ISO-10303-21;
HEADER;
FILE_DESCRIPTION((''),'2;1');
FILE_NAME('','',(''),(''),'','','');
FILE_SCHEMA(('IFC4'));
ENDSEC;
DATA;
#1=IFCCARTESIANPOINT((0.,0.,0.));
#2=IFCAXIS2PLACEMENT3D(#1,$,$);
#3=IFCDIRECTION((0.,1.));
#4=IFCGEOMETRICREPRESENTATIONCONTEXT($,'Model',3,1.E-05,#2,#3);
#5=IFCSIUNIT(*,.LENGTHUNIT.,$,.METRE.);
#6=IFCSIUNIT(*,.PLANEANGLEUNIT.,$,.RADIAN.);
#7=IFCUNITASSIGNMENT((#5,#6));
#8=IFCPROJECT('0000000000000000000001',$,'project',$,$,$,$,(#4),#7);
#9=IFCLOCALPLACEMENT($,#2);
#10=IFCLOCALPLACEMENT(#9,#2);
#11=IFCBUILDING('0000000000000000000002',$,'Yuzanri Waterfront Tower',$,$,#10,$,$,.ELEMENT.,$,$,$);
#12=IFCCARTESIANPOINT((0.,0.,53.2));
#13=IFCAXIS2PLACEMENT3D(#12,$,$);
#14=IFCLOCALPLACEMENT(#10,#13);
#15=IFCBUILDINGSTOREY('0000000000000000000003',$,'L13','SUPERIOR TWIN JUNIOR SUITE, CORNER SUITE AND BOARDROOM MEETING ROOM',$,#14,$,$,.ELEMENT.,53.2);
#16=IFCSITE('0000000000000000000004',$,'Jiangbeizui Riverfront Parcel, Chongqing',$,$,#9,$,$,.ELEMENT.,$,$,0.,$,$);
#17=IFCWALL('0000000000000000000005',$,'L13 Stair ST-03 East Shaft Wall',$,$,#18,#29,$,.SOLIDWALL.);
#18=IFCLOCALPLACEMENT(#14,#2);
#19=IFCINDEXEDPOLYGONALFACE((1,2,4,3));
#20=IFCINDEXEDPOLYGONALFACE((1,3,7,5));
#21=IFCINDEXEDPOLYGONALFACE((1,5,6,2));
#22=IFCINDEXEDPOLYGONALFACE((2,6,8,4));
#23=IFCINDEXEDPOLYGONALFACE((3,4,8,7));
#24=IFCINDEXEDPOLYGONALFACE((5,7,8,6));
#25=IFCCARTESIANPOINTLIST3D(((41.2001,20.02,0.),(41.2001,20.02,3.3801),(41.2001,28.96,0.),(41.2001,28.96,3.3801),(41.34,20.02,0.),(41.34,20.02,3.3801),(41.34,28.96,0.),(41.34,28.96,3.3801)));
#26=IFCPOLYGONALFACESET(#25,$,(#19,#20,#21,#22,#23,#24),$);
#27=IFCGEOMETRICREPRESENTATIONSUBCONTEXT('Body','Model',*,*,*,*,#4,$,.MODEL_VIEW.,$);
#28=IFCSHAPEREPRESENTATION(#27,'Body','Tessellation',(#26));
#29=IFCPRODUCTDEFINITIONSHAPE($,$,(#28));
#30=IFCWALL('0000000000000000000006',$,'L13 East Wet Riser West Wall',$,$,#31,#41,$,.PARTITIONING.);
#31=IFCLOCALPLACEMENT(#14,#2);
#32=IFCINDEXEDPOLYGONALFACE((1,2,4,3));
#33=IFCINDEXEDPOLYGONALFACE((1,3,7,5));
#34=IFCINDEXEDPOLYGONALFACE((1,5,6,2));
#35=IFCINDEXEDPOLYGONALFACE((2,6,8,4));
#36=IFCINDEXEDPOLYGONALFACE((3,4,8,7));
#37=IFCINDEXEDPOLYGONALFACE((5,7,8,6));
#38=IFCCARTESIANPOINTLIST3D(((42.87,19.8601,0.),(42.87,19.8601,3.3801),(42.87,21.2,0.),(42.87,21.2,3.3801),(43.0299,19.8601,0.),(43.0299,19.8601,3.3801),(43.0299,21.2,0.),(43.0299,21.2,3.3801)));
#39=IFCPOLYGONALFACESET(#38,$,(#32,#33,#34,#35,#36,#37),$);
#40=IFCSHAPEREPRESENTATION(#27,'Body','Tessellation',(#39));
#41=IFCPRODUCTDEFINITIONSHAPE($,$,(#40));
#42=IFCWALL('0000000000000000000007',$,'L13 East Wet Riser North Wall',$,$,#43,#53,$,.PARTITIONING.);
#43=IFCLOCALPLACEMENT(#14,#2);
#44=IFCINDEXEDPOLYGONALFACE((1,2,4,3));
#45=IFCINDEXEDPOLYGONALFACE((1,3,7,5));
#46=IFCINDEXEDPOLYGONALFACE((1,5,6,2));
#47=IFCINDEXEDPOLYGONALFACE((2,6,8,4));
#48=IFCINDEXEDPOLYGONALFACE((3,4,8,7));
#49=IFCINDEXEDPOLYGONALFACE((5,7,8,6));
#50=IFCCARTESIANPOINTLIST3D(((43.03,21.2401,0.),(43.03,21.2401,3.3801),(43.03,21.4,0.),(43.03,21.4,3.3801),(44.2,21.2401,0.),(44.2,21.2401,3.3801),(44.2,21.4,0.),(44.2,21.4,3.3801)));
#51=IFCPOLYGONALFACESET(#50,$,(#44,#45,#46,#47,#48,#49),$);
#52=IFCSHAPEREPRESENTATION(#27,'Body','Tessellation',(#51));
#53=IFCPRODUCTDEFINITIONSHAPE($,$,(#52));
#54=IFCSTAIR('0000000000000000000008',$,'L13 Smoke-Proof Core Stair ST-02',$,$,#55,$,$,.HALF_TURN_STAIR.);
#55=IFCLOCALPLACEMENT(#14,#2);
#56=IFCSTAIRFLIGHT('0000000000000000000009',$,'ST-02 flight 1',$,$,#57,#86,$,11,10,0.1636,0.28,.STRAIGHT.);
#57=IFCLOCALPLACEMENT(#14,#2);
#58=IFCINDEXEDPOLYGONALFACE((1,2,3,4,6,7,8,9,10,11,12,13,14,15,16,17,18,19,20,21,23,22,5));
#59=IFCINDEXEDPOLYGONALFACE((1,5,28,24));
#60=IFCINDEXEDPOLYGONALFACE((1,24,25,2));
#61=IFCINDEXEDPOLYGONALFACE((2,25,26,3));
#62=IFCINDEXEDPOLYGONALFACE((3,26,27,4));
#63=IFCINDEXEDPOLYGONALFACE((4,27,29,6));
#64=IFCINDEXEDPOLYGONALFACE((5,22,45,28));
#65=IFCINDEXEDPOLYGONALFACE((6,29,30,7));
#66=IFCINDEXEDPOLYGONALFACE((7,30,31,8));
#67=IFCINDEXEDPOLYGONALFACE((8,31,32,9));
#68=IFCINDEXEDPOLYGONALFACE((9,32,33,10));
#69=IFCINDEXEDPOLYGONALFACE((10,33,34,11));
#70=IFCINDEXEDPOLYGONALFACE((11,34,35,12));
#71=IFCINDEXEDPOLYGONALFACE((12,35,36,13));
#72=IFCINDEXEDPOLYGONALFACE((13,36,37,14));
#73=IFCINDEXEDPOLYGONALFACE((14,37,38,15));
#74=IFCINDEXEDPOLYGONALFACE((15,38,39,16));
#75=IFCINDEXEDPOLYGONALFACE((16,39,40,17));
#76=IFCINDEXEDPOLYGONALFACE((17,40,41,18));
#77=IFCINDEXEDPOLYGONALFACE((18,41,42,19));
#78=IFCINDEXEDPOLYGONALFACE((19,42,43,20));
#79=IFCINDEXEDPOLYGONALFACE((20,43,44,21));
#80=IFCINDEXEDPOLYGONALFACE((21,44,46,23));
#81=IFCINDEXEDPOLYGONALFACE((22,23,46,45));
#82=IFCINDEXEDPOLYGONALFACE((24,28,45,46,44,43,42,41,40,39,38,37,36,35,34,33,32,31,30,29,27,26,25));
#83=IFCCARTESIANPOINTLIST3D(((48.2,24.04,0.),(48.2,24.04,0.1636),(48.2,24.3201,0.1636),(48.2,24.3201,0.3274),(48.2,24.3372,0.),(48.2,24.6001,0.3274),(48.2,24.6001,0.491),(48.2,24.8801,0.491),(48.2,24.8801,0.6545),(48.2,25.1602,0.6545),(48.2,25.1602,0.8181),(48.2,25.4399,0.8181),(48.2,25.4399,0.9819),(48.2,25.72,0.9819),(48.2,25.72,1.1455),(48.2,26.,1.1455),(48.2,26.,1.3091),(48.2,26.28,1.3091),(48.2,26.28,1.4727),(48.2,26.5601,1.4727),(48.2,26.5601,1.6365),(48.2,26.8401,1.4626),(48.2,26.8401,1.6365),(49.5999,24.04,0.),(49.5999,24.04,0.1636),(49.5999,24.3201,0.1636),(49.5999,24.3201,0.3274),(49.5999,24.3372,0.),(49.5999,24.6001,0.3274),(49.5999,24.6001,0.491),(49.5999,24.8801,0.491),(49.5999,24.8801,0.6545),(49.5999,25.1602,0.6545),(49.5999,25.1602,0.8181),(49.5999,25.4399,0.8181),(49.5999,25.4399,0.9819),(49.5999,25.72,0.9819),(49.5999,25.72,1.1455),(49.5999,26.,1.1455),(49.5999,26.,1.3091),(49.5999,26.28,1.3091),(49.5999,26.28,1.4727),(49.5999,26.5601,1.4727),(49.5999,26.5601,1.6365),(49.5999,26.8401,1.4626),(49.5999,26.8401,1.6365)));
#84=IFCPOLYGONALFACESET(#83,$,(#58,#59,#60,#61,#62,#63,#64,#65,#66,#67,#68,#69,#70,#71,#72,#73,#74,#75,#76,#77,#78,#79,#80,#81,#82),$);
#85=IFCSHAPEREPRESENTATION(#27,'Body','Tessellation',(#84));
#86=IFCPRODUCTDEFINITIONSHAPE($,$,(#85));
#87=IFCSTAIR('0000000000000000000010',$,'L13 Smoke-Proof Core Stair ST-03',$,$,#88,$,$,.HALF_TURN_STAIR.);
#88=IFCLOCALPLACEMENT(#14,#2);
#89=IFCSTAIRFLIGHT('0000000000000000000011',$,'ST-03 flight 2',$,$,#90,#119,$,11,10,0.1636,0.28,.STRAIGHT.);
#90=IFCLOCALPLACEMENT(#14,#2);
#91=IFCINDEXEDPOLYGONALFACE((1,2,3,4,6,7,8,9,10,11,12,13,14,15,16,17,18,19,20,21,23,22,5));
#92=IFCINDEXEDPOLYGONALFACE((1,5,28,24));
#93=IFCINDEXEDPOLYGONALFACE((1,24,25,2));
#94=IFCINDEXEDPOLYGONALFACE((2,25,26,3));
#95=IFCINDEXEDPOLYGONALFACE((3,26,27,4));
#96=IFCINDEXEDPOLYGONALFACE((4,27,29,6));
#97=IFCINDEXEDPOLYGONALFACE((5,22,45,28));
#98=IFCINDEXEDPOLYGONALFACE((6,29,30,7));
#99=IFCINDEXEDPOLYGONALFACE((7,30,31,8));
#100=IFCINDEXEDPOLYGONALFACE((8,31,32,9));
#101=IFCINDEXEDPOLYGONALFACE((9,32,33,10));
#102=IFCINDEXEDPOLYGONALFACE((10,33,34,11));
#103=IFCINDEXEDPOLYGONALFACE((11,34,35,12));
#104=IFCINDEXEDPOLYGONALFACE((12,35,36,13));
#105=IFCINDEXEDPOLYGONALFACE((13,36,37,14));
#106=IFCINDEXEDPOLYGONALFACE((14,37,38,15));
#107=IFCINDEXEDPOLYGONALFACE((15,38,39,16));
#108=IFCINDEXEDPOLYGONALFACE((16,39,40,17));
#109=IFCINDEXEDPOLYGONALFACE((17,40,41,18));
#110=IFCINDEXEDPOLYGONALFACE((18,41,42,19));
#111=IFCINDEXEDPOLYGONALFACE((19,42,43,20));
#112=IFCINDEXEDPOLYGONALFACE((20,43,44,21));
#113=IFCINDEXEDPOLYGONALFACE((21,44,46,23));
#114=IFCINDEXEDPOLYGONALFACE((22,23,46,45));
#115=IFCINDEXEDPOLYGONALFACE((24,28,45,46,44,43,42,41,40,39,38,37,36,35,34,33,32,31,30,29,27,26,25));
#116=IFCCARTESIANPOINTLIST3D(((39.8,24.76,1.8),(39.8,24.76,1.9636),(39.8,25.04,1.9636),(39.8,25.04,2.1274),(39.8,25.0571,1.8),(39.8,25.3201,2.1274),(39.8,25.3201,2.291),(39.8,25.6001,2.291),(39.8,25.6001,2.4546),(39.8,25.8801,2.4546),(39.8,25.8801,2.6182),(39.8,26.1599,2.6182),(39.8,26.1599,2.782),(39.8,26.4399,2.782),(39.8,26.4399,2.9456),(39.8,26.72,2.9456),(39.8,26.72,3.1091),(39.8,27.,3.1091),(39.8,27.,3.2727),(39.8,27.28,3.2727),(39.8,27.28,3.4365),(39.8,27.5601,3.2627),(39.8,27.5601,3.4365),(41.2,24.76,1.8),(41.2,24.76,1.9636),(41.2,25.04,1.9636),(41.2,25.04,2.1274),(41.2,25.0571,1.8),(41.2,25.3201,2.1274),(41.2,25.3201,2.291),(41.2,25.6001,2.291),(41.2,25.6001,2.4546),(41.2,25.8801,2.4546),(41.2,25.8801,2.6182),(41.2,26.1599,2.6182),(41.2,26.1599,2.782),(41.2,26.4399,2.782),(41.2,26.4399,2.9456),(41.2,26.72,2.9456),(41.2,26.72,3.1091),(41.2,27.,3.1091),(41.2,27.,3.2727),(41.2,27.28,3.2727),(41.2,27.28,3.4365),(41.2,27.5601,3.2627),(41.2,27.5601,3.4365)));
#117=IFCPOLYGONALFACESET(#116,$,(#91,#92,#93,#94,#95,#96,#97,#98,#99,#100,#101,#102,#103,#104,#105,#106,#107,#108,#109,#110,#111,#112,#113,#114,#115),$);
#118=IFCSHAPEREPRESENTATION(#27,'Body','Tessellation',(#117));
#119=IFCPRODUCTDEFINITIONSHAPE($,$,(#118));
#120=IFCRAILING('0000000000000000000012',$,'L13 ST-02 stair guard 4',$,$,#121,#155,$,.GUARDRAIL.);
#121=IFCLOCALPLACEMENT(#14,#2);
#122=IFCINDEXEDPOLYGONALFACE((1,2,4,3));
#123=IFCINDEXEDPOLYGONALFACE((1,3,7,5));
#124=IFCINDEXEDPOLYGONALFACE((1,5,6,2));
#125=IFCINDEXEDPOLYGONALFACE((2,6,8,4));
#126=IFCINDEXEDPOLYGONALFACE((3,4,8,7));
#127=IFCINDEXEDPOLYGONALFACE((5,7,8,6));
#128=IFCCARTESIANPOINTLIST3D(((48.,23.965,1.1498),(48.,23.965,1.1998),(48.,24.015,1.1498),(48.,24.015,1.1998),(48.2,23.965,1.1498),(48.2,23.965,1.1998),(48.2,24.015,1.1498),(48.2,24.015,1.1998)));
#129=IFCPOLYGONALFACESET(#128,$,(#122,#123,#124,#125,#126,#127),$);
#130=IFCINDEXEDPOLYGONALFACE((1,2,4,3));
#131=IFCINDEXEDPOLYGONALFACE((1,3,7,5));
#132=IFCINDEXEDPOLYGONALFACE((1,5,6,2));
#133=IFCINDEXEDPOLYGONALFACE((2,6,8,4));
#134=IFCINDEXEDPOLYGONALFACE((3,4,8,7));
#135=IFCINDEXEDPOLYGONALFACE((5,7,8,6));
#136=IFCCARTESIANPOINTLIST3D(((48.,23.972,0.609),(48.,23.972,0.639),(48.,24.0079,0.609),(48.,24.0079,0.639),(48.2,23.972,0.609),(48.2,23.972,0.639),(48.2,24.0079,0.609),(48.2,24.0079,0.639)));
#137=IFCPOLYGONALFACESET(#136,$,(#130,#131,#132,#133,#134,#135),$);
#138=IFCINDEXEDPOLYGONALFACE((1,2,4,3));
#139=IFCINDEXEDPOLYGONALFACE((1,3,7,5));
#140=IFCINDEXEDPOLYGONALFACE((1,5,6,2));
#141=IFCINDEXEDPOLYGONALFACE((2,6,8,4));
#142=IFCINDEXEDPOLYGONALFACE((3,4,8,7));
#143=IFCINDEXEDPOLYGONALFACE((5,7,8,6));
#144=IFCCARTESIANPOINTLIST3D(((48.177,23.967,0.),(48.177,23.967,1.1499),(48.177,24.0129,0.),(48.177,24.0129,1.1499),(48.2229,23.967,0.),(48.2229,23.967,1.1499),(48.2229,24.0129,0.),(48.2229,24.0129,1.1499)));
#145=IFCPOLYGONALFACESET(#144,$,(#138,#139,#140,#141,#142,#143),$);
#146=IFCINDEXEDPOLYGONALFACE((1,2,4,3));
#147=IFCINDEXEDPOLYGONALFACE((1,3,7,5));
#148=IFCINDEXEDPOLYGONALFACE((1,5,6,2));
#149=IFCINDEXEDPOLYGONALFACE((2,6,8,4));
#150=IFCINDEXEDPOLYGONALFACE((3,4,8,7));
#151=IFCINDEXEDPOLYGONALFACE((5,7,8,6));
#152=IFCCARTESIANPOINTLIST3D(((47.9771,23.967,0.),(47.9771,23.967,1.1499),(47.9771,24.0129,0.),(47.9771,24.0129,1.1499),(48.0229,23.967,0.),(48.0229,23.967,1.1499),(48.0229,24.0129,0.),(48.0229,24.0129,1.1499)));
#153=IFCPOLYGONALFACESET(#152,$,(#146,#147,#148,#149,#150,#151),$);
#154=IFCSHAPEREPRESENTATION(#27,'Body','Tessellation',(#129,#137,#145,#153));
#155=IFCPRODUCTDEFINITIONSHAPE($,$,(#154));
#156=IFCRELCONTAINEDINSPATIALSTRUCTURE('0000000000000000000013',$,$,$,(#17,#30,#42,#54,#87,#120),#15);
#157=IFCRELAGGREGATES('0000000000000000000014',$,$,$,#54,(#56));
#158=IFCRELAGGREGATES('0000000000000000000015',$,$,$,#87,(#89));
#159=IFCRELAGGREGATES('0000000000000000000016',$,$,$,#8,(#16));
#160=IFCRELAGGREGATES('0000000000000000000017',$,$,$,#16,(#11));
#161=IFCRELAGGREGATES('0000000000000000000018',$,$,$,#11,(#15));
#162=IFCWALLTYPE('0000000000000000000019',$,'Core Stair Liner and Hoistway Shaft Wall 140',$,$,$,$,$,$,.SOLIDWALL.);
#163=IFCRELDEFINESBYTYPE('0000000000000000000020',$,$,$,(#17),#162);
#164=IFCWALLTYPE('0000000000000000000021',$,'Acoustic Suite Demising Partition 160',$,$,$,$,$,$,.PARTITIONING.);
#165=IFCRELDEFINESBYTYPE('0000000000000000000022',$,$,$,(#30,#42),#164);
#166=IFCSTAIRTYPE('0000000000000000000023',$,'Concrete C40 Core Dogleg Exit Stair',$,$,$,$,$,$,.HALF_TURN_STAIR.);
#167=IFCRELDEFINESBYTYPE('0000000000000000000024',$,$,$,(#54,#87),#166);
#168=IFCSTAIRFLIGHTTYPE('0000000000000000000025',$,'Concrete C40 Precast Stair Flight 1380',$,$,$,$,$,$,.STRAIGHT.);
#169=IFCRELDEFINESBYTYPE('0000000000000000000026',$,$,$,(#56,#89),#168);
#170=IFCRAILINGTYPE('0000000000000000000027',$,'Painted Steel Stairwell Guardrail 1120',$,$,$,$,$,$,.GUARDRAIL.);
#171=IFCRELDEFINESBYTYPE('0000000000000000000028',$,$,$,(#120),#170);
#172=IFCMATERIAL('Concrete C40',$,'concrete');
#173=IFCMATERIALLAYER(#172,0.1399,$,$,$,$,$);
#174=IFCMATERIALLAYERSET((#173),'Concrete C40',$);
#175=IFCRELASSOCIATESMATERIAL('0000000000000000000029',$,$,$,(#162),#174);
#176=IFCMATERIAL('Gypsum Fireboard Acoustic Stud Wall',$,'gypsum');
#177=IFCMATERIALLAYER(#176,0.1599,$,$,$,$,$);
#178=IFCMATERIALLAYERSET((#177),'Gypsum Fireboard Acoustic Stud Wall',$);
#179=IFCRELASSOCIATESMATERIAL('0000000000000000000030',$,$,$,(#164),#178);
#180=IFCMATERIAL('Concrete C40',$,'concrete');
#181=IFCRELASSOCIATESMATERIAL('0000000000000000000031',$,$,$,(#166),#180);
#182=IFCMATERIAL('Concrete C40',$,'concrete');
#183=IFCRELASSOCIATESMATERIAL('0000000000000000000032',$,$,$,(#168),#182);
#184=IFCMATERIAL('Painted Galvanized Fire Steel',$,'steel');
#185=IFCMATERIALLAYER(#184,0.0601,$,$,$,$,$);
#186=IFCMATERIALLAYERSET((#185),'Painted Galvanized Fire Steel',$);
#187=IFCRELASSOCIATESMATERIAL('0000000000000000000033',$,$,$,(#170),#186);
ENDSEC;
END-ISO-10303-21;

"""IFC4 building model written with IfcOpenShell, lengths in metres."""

from ifc_helpers import new_model, si_unit, direction, frame, frame_2d, origin, origin_2d, place, context, subcontext, project, spatial, polyline, rectangle, outline, extrude, source, transform, mapped, material, layer, layer_set, type_object, element, aggregate, save


model = new_model("IFC4")

# Units and contexts
model_context = context("Model", 3, precision=1e-05, world=origin(), true_north=direction((0.0, 1.0)))
body_context = subcontext(model_context, "Body", "Model", "MODEL_VIEW")
ifc_project = project(units=[si_unit("LENGTHUNIT", "METRE"), si_unit("PLANEANGLEUNIT", "RADIAN")], contexts=[model_context])

# Site, building, storey
site_placement = place(None, origin())
site = spatial("IfcSite", under=ifc_project, at=site_placement, Name="Jiangbeizui Riverfront Parcel, Chongqing", CompositionType="ELEMENT", RefElevation=0.0)
building_placement = place(site_placement, origin())
building = spatial("IfcBuilding", under=site, at=building_placement, Name="Yuzanri Waterfront Tower", CompositionType="ELEMENT")
storey_placement = place(building_placement, frame((0.0, 0.0, 53.2)))
storey = spatial("IfcBuildingStorey", under=building, at=storey_placement, Name="L13", Description="SUPERIOR TWIN JUNIOR SUITE, CORNER SUITE AND BOARDROOM MEETING ROOM", CompositionType="ELEMENT", Elevation=53.2)

# Shared definitions
ifc_material_1 = material(Name="Concrete C40", Category="concrete")
ifc_layer_1 = layer(ifc_material_1, 0.1399)
ifc_layer_set_1 = layer_set([ifc_layer_1], Name="Concrete C40")
wall_type_1 = type_object("IfcWallType", Name="Core Stair Liner and Hoistway Shaft Wall 140", PredefinedType="SOLIDWALL", material=ifc_layer_set_1)

# Walls
shared_shape_1 = source(origin(), body_context, "Body", "SweptSolid", [
    extrude(rectangle(XDim=8.9399, YDim=0.1399, at=frame_2d((4.47, 0.0))), origin(), (0.0, 0.0, 1.0), 3.3801),
])
wall_1_placement = place(storey_placement, frame((41.27, 20.02, 0.0), z_axis=(0.0, 0.0, 1.0), x_axis=(0.0, 1.0, 0.0)))
element("IfcWall", 1, at=wall_1_placement, inside=storey, type_object=wall_type_1, Name="L13 Stair ST-03 East Shaft Wall", PredefinedType="SOLIDWALL", context=body_context, shape_type="MappedRepresentation", body=[
    mapped(shared_shape_1, transform((0.0, 0.0, 0.0), scale=1.0)),
])
ifc_material_2 = material(Name="Gypsum Fireboard Acoustic Stud Wall", Category="gypsum")
ifc_layer_2 = layer(ifc_material_2, 0.1599)
ifc_layer_set_2 = layer_set([ifc_layer_2], Name="Gypsum Fireboard Acoustic Stud Wall")
wall_type_2 = type_object("IfcWallType", Name="Acoustic Suite Demising Partition 160", PredefinedType="PARTITIONING", material=ifc_layer_set_2)
shared_shape_2 = source(origin(), body_context, "Body", "SweptSolid", [
    extrude(rectangle(XDim=1.3398, YDim=0.1599, at=frame_2d((0.6699, 0.0))), origin(), (0.0, 0.0, 1.0), 3.3801),
])
wall_2_placement = place(storey_placement, frame((42.95, 19.8601, 0.0), z_axis=(0.0, 0.0, 1.0), x_axis=(0.0, 1.0, 0.0)))
element("IfcWall", 2, at=wall_2_placement, inside=storey, type_object=wall_type_2, Name="L13 East Wet Riser West Wall", PredefinedType="PARTITIONING", context=body_context, shape_type="MappedRepresentation", body=[
    mapped(shared_shape_2, transform((0.0, 0.0, 0.0), scale=1.0)),
])
shared_shape_3 = source(origin(), body_context, "Body", "SweptSolid", [
    extrude(rectangle(XDim=1.1699, YDim=0.1599, at=frame_2d((0.585, 0.0))), origin(), (0.0, 0.0, 1.0), 3.3801),
])
wall_3_placement = place(storey_placement, frame((43.03, 21.3201, 0.0), z_axis=(0.0, 0.0, 1.0), x_axis=(1.0, 0.0, 0.0)))
element("IfcWall", 3, at=wall_3_placement, inside=storey, type_object=wall_type_2, Name="L13 East Wet Riser North Wall", PredefinedType="PARTITIONING", context=body_context, shape_type="MappedRepresentation", body=[
    mapped(shared_shape_3, transform((0.0, 0.0, 0.0), scale=1.0)),
])

# Stairs, stair flights
ifc_material_3 = material(Name="Concrete C40", Category="concrete")
stair_type = type_object("IfcStairType", Name="Concrete C40 Core Dogleg Exit Stair", PredefinedType="HALF_TURN_STAIR", material=ifc_material_3)
stair_1_placement = place(storey_placement, origin())
stair_1 = element("IfcStair", 4, at=stair_1_placement, inside=storey, type_object=stair_type, Name="L13 Smoke-Proof Core Stair ST-02", PredefinedType="HALF_TURN_STAIR")
ifc_material_4 = material(Name="Concrete C40", Category="concrete")
stair_flight_type = type_object("IfcStairFlightType", Name="Concrete C40 Precast Stair Flight 1380", PredefinedType="STRAIGHT", material=ifc_material_4)
shared_shape_4 = source(origin(), body_context, "Body", "SweptSolid", [
    extrude(outline(polyline([(0.0, 0.0), (0.0, 0.1636), (0.28, 0.1636), (0.28, 0.3274), (0.5601, 0.3274), (0.5601, 0.491), (0.8401, 0.491), (0.8401, 0.6545), (1.1201, 0.6545), (1.1201, 0.8181), (1.3999, 0.8181), (1.3999, 0.9819), (1.6799, 0.9819), (1.6799, 1.1455), (1.96, 1.1455), (1.96, 1.3091), (2.24, 1.3091), (2.24, 1.4727), (2.52, 1.4727), (2.52, 1.6365), (2.8, 1.6365), (2.8, 1.8), (2.8, 1.4626), (0.2971, 0.0), (0.0, 0.0)])), frame((0.0, 0.7, 0.0), z_axis=(0.0, -1.0, 0.0), x_axis=(1.0, 0.0, 0.0)), (0.0, 0.0, 1.0), 1.3999),
])
stair_flight_1_placement = place(storey_placement, frame((48.8999, 24.04, 0.0), z_axis=(0.0, 0.0, 1.0), x_axis=(0.0, 1.0, 0.0)))
stair_flight_1 = element("IfcStairFlight", 5, at=stair_flight_1_placement, type_object=stair_flight_type, Name="ST-02 flight 1", NumberOfRisers=11, NumberOfTreads=10, PredefinedType="STRAIGHT", RiserHeight=0.1636, TreadLength=0.28, context=body_context, shape_type="MappedRepresentation", body=[
    mapped(shared_shape_4, transform((0.0, 0.0, 0.0), scale=1.0)),
])
aggregate(stair_1, [stair_flight_1])
stair_2_placement = place(storey_placement, origin())
stair_2 = element("IfcStair", 6, at=stair_2_placement, inside=storey, type_object=stair_type, Name="L13 Smoke-Proof Core Stair ST-03", PredefinedType="HALF_TURN_STAIR")
stair_flight_2_placement = place(storey_placement, frame((40.5, 24.76, 1.8), z_axis=(0.0, 0.0, 1.0), x_axis=(0.0, 1.0, 0.0)))
stair_flight_2 = element("IfcStairFlight", 7, at=stair_flight_2_placement, type_object=stair_flight_type, Name="ST-03 flight 2", NumberOfRisers=11, NumberOfTreads=10, PredefinedType="STRAIGHT", RiserHeight=0.1636, TreadLength=0.28, context=body_context, shape_type="MappedRepresentation", body=[
    mapped(shared_shape_4, transform((0.0, 0.0, 0.0), scale=1.0)),
])
aggregate(stair_2, [stair_flight_2])

# Railing
ifc_material_5 = material(Name="Painted Galvanized Fire Steel", Category="steel")
ifc_layer_3 = layer(ifc_material_5, 0.0601)
ifc_layer_set_3 = layer_set([ifc_layer_3], Name="Painted Galvanized Fire Steel")
railing_type_1 = type_object("IfcRailingType", Name="Painted Steel Stairwell Guardrail 1120", PredefinedType="GUARDRAIL", material=ifc_layer_set_3)
shared_shape_5 = source(origin(), body_context, "Body", "SweptSolid", [
    extrude(rectangle(XDim=0.05, YDim=0.05, at=origin_2d()), frame((0.0, 0.0, 1.1748), z_axis=(-1.0, 0.0, 0.0), x_axis=(0.0, -1.0, 0.0)), (0.0, 0.0, 1.0), 0.2),
    extrude(rectangle(XDim=0.0359, YDim=0.03, at=origin_2d()), frame((0.0, 0.0, 0.624), z_axis=(-1.0, 0.0, 0.0), x_axis=(0.0, -1.0, 0.0)), (0.0, 0.0, 1.0), 0.2),
    extrude(rectangle(XDim=0.0459, YDim=0.0459, at=origin_2d()), origin(), (0.0, 0.0, 1.0), 1.1499),
    extrude(rectangle(XDim=0.0459, YDim=0.0459, at=origin_2d()), frame((-0.2, 0.0, 0.0)), (0.0, 0.0, 1.0), 1.1499),
])
railing_1_placement = place(storey_placement, frame((48.2, 23.99, 0.0)))
element("IfcRailing", 8, at=railing_1_placement, inside=storey, type_object=railing_type_1, Name="L13 ST-02 stair guard 4", PredefinedType="GUARDRAIL", context=body_context, shape_type="MappedRepresentation", body=[
    mapped(shared_shape_5, transform((0.0, 0.0, 0.0), scale=1.0)),
])

save(model, "model.ifc")
